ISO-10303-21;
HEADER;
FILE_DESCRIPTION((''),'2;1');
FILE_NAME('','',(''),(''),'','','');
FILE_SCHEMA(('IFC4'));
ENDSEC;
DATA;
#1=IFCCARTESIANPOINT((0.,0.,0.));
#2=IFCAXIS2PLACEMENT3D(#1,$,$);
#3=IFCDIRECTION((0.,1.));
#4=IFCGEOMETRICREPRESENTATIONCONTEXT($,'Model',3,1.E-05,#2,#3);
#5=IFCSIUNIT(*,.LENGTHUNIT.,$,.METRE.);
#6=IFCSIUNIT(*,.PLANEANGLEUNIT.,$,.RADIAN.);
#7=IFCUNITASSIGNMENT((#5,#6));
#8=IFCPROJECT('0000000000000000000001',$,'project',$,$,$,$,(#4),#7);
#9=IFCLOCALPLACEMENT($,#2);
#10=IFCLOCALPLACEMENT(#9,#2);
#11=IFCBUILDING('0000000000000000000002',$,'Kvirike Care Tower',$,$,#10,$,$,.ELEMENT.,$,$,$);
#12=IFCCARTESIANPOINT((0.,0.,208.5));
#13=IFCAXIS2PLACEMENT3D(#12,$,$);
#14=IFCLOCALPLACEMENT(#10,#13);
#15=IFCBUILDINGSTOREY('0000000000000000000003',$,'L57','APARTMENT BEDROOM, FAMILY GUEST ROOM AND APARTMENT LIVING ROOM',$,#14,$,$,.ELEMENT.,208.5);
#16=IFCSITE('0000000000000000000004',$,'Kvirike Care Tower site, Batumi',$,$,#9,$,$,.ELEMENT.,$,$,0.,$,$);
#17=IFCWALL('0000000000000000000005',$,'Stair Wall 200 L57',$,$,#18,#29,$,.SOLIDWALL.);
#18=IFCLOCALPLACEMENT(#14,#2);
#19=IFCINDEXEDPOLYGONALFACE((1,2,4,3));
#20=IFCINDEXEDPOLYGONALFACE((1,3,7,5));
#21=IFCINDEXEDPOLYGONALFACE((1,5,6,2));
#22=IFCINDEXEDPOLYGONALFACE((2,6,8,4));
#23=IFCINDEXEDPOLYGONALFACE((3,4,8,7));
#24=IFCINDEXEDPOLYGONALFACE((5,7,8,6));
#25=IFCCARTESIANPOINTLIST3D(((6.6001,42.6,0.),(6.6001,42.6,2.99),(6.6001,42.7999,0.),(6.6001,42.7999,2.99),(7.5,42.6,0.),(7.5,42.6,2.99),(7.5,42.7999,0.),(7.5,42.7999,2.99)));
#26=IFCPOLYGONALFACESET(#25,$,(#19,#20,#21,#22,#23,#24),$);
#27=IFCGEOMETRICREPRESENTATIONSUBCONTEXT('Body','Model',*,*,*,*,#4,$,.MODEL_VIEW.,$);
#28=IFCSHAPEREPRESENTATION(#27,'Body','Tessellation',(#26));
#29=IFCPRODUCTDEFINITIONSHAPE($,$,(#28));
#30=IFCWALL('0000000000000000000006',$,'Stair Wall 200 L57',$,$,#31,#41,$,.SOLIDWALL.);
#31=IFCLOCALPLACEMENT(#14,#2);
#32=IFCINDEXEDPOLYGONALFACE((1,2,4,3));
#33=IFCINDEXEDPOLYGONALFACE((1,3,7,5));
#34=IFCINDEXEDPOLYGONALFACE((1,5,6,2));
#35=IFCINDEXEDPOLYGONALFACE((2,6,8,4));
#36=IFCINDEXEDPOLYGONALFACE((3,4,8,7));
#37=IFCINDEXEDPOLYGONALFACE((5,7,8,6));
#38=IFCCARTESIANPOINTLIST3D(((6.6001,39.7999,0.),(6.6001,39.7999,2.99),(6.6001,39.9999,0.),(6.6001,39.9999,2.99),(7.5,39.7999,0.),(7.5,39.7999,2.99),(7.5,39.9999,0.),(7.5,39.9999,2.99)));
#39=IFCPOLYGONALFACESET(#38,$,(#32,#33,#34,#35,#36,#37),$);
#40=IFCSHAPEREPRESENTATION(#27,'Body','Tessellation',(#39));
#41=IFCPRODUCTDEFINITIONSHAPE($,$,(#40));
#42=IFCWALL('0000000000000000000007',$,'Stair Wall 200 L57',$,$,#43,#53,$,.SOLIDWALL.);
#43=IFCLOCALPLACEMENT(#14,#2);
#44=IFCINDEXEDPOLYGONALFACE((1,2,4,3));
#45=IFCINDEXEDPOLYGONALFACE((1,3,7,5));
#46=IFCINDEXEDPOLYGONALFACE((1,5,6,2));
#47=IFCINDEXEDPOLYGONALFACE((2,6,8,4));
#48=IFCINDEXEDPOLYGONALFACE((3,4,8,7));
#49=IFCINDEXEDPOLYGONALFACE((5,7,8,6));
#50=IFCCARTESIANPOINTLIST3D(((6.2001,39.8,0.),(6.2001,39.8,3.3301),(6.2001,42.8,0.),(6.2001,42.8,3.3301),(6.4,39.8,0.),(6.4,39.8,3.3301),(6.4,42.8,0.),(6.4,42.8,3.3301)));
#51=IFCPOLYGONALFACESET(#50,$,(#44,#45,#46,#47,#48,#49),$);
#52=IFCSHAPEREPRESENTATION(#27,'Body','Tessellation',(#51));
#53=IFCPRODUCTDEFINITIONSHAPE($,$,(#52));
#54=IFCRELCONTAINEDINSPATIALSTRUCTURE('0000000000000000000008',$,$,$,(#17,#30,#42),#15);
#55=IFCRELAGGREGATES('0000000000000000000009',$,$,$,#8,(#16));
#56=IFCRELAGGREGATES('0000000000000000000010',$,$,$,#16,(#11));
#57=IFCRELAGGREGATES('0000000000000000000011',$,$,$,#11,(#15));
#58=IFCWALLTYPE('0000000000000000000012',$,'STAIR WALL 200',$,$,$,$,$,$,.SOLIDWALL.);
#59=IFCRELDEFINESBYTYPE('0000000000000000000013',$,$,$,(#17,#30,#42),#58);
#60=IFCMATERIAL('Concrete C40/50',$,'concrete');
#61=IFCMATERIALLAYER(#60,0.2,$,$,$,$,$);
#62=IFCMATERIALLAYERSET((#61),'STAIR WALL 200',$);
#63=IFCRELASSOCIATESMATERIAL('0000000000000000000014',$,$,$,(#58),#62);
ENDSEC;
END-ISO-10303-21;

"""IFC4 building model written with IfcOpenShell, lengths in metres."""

from ifc_helpers import new_model, si_unit, direction, frame, frame_2d, origin, place, context, subcontext, project, spatial, rectangle, extrude, material, layer, layer_set, type_object, element, save


model = new_model("IFC4")

# Units and contexts
model_context = context("Model", 3, precision=1e-05, world=origin(), true_north=direction((0.0, 1.0)))
body_context = subcontext(model_context, "Body", "Model", "MODEL_VIEW")
ifc_project = project(units=[si_unit("LENGTHUNIT", "METRE"), si_unit("PLANEANGLEUNIT", "RADIAN")], contexts=[model_context])

# Site, building, storey
site_placement = place(None, origin())
site = spatial("IfcSite", under=ifc_project, at=site_placement, Name="Kvirike Care Tower site, Batumi", CompositionType="ELEMENT", RefElevation=0.0)
building_placement = place(site_placement, origin())
building = spatial("IfcBuilding", under=site, at=building_placement, Name="Kvirike Care Tower", CompositionType="ELEMENT")
storey_placement = place(building_placement, frame((0.0, 0.0, 208.5)))
storey = spatial("IfcBuildingStorey", under=building, at=storey_placement, Name="L57", Description="APARTMENT BEDROOM, FAMILY GUEST ROOM AND APARTMENT LIVING ROOM", CompositionType="ELEMENT", Elevation=208.5)

# Walls
ifc_material_1 = material(Name="Concrete C40/50", Category="concrete")
ifc_layer_1 = layer(ifc_material_1, 0.2)
ifc_layer_set_1 = layer_set([ifc_layer_1], Name="STAIR WALL 200")
wall_type = type_object("IfcWallType", Name="STAIR WALL 200", PredefinedType="SOLIDWALL", material=ifc_layer_set_1)
for number, where, z_axis, x_axis, name in (
    (1, (6.6001, 42.7, 0.0), (0.0, 0.0, 1.0), (1.0, 0.0, 0.0), "Stair Wall 200 L57"),
    (2, (6.6001, 39.8999, 0.0), (0.0, 0.0, 1.0), (1.0, 0.0, 0.0), "Stair Wall 200 L57"),
):
    element("IfcWall", number, at=place(storey_placement, frame(where, z_axis=z_axis, x_axis=x_axis)), inside=storey, type_object=wall_type, Name=name, PredefinedType="SOLIDWALL", context=body_context, shape_type="SweptSolid", body=[
        extrude(rectangle(XDim=0.8999, YDim=0.2, at=frame_2d((0.45, 0.0))), origin(), (0.0, 0.0, 1.0), 2.99),
    ])
wall_placement = place(storey_placement, frame((6.3, 42.8, 0.0), z_axis=(0.0, 0.0, 1.0), x_axis=(0.0, -1.0, 0.0)))
element("IfcWall", 3, at=wall_placement, inside=storey, type_object=wall_type, Name="Stair Wall 200 L57", PredefinedType="SOLIDWALL", context=body_context, shape_type="SweptSolid", body=[
    extrude(rectangle(XDim=3.0, YDim=0.2, at=frame_2d((1.5, 0.0))), origin(), (0.0, 0.0, 1.0), 3.3301),
])

save(model, "model.ifc")
